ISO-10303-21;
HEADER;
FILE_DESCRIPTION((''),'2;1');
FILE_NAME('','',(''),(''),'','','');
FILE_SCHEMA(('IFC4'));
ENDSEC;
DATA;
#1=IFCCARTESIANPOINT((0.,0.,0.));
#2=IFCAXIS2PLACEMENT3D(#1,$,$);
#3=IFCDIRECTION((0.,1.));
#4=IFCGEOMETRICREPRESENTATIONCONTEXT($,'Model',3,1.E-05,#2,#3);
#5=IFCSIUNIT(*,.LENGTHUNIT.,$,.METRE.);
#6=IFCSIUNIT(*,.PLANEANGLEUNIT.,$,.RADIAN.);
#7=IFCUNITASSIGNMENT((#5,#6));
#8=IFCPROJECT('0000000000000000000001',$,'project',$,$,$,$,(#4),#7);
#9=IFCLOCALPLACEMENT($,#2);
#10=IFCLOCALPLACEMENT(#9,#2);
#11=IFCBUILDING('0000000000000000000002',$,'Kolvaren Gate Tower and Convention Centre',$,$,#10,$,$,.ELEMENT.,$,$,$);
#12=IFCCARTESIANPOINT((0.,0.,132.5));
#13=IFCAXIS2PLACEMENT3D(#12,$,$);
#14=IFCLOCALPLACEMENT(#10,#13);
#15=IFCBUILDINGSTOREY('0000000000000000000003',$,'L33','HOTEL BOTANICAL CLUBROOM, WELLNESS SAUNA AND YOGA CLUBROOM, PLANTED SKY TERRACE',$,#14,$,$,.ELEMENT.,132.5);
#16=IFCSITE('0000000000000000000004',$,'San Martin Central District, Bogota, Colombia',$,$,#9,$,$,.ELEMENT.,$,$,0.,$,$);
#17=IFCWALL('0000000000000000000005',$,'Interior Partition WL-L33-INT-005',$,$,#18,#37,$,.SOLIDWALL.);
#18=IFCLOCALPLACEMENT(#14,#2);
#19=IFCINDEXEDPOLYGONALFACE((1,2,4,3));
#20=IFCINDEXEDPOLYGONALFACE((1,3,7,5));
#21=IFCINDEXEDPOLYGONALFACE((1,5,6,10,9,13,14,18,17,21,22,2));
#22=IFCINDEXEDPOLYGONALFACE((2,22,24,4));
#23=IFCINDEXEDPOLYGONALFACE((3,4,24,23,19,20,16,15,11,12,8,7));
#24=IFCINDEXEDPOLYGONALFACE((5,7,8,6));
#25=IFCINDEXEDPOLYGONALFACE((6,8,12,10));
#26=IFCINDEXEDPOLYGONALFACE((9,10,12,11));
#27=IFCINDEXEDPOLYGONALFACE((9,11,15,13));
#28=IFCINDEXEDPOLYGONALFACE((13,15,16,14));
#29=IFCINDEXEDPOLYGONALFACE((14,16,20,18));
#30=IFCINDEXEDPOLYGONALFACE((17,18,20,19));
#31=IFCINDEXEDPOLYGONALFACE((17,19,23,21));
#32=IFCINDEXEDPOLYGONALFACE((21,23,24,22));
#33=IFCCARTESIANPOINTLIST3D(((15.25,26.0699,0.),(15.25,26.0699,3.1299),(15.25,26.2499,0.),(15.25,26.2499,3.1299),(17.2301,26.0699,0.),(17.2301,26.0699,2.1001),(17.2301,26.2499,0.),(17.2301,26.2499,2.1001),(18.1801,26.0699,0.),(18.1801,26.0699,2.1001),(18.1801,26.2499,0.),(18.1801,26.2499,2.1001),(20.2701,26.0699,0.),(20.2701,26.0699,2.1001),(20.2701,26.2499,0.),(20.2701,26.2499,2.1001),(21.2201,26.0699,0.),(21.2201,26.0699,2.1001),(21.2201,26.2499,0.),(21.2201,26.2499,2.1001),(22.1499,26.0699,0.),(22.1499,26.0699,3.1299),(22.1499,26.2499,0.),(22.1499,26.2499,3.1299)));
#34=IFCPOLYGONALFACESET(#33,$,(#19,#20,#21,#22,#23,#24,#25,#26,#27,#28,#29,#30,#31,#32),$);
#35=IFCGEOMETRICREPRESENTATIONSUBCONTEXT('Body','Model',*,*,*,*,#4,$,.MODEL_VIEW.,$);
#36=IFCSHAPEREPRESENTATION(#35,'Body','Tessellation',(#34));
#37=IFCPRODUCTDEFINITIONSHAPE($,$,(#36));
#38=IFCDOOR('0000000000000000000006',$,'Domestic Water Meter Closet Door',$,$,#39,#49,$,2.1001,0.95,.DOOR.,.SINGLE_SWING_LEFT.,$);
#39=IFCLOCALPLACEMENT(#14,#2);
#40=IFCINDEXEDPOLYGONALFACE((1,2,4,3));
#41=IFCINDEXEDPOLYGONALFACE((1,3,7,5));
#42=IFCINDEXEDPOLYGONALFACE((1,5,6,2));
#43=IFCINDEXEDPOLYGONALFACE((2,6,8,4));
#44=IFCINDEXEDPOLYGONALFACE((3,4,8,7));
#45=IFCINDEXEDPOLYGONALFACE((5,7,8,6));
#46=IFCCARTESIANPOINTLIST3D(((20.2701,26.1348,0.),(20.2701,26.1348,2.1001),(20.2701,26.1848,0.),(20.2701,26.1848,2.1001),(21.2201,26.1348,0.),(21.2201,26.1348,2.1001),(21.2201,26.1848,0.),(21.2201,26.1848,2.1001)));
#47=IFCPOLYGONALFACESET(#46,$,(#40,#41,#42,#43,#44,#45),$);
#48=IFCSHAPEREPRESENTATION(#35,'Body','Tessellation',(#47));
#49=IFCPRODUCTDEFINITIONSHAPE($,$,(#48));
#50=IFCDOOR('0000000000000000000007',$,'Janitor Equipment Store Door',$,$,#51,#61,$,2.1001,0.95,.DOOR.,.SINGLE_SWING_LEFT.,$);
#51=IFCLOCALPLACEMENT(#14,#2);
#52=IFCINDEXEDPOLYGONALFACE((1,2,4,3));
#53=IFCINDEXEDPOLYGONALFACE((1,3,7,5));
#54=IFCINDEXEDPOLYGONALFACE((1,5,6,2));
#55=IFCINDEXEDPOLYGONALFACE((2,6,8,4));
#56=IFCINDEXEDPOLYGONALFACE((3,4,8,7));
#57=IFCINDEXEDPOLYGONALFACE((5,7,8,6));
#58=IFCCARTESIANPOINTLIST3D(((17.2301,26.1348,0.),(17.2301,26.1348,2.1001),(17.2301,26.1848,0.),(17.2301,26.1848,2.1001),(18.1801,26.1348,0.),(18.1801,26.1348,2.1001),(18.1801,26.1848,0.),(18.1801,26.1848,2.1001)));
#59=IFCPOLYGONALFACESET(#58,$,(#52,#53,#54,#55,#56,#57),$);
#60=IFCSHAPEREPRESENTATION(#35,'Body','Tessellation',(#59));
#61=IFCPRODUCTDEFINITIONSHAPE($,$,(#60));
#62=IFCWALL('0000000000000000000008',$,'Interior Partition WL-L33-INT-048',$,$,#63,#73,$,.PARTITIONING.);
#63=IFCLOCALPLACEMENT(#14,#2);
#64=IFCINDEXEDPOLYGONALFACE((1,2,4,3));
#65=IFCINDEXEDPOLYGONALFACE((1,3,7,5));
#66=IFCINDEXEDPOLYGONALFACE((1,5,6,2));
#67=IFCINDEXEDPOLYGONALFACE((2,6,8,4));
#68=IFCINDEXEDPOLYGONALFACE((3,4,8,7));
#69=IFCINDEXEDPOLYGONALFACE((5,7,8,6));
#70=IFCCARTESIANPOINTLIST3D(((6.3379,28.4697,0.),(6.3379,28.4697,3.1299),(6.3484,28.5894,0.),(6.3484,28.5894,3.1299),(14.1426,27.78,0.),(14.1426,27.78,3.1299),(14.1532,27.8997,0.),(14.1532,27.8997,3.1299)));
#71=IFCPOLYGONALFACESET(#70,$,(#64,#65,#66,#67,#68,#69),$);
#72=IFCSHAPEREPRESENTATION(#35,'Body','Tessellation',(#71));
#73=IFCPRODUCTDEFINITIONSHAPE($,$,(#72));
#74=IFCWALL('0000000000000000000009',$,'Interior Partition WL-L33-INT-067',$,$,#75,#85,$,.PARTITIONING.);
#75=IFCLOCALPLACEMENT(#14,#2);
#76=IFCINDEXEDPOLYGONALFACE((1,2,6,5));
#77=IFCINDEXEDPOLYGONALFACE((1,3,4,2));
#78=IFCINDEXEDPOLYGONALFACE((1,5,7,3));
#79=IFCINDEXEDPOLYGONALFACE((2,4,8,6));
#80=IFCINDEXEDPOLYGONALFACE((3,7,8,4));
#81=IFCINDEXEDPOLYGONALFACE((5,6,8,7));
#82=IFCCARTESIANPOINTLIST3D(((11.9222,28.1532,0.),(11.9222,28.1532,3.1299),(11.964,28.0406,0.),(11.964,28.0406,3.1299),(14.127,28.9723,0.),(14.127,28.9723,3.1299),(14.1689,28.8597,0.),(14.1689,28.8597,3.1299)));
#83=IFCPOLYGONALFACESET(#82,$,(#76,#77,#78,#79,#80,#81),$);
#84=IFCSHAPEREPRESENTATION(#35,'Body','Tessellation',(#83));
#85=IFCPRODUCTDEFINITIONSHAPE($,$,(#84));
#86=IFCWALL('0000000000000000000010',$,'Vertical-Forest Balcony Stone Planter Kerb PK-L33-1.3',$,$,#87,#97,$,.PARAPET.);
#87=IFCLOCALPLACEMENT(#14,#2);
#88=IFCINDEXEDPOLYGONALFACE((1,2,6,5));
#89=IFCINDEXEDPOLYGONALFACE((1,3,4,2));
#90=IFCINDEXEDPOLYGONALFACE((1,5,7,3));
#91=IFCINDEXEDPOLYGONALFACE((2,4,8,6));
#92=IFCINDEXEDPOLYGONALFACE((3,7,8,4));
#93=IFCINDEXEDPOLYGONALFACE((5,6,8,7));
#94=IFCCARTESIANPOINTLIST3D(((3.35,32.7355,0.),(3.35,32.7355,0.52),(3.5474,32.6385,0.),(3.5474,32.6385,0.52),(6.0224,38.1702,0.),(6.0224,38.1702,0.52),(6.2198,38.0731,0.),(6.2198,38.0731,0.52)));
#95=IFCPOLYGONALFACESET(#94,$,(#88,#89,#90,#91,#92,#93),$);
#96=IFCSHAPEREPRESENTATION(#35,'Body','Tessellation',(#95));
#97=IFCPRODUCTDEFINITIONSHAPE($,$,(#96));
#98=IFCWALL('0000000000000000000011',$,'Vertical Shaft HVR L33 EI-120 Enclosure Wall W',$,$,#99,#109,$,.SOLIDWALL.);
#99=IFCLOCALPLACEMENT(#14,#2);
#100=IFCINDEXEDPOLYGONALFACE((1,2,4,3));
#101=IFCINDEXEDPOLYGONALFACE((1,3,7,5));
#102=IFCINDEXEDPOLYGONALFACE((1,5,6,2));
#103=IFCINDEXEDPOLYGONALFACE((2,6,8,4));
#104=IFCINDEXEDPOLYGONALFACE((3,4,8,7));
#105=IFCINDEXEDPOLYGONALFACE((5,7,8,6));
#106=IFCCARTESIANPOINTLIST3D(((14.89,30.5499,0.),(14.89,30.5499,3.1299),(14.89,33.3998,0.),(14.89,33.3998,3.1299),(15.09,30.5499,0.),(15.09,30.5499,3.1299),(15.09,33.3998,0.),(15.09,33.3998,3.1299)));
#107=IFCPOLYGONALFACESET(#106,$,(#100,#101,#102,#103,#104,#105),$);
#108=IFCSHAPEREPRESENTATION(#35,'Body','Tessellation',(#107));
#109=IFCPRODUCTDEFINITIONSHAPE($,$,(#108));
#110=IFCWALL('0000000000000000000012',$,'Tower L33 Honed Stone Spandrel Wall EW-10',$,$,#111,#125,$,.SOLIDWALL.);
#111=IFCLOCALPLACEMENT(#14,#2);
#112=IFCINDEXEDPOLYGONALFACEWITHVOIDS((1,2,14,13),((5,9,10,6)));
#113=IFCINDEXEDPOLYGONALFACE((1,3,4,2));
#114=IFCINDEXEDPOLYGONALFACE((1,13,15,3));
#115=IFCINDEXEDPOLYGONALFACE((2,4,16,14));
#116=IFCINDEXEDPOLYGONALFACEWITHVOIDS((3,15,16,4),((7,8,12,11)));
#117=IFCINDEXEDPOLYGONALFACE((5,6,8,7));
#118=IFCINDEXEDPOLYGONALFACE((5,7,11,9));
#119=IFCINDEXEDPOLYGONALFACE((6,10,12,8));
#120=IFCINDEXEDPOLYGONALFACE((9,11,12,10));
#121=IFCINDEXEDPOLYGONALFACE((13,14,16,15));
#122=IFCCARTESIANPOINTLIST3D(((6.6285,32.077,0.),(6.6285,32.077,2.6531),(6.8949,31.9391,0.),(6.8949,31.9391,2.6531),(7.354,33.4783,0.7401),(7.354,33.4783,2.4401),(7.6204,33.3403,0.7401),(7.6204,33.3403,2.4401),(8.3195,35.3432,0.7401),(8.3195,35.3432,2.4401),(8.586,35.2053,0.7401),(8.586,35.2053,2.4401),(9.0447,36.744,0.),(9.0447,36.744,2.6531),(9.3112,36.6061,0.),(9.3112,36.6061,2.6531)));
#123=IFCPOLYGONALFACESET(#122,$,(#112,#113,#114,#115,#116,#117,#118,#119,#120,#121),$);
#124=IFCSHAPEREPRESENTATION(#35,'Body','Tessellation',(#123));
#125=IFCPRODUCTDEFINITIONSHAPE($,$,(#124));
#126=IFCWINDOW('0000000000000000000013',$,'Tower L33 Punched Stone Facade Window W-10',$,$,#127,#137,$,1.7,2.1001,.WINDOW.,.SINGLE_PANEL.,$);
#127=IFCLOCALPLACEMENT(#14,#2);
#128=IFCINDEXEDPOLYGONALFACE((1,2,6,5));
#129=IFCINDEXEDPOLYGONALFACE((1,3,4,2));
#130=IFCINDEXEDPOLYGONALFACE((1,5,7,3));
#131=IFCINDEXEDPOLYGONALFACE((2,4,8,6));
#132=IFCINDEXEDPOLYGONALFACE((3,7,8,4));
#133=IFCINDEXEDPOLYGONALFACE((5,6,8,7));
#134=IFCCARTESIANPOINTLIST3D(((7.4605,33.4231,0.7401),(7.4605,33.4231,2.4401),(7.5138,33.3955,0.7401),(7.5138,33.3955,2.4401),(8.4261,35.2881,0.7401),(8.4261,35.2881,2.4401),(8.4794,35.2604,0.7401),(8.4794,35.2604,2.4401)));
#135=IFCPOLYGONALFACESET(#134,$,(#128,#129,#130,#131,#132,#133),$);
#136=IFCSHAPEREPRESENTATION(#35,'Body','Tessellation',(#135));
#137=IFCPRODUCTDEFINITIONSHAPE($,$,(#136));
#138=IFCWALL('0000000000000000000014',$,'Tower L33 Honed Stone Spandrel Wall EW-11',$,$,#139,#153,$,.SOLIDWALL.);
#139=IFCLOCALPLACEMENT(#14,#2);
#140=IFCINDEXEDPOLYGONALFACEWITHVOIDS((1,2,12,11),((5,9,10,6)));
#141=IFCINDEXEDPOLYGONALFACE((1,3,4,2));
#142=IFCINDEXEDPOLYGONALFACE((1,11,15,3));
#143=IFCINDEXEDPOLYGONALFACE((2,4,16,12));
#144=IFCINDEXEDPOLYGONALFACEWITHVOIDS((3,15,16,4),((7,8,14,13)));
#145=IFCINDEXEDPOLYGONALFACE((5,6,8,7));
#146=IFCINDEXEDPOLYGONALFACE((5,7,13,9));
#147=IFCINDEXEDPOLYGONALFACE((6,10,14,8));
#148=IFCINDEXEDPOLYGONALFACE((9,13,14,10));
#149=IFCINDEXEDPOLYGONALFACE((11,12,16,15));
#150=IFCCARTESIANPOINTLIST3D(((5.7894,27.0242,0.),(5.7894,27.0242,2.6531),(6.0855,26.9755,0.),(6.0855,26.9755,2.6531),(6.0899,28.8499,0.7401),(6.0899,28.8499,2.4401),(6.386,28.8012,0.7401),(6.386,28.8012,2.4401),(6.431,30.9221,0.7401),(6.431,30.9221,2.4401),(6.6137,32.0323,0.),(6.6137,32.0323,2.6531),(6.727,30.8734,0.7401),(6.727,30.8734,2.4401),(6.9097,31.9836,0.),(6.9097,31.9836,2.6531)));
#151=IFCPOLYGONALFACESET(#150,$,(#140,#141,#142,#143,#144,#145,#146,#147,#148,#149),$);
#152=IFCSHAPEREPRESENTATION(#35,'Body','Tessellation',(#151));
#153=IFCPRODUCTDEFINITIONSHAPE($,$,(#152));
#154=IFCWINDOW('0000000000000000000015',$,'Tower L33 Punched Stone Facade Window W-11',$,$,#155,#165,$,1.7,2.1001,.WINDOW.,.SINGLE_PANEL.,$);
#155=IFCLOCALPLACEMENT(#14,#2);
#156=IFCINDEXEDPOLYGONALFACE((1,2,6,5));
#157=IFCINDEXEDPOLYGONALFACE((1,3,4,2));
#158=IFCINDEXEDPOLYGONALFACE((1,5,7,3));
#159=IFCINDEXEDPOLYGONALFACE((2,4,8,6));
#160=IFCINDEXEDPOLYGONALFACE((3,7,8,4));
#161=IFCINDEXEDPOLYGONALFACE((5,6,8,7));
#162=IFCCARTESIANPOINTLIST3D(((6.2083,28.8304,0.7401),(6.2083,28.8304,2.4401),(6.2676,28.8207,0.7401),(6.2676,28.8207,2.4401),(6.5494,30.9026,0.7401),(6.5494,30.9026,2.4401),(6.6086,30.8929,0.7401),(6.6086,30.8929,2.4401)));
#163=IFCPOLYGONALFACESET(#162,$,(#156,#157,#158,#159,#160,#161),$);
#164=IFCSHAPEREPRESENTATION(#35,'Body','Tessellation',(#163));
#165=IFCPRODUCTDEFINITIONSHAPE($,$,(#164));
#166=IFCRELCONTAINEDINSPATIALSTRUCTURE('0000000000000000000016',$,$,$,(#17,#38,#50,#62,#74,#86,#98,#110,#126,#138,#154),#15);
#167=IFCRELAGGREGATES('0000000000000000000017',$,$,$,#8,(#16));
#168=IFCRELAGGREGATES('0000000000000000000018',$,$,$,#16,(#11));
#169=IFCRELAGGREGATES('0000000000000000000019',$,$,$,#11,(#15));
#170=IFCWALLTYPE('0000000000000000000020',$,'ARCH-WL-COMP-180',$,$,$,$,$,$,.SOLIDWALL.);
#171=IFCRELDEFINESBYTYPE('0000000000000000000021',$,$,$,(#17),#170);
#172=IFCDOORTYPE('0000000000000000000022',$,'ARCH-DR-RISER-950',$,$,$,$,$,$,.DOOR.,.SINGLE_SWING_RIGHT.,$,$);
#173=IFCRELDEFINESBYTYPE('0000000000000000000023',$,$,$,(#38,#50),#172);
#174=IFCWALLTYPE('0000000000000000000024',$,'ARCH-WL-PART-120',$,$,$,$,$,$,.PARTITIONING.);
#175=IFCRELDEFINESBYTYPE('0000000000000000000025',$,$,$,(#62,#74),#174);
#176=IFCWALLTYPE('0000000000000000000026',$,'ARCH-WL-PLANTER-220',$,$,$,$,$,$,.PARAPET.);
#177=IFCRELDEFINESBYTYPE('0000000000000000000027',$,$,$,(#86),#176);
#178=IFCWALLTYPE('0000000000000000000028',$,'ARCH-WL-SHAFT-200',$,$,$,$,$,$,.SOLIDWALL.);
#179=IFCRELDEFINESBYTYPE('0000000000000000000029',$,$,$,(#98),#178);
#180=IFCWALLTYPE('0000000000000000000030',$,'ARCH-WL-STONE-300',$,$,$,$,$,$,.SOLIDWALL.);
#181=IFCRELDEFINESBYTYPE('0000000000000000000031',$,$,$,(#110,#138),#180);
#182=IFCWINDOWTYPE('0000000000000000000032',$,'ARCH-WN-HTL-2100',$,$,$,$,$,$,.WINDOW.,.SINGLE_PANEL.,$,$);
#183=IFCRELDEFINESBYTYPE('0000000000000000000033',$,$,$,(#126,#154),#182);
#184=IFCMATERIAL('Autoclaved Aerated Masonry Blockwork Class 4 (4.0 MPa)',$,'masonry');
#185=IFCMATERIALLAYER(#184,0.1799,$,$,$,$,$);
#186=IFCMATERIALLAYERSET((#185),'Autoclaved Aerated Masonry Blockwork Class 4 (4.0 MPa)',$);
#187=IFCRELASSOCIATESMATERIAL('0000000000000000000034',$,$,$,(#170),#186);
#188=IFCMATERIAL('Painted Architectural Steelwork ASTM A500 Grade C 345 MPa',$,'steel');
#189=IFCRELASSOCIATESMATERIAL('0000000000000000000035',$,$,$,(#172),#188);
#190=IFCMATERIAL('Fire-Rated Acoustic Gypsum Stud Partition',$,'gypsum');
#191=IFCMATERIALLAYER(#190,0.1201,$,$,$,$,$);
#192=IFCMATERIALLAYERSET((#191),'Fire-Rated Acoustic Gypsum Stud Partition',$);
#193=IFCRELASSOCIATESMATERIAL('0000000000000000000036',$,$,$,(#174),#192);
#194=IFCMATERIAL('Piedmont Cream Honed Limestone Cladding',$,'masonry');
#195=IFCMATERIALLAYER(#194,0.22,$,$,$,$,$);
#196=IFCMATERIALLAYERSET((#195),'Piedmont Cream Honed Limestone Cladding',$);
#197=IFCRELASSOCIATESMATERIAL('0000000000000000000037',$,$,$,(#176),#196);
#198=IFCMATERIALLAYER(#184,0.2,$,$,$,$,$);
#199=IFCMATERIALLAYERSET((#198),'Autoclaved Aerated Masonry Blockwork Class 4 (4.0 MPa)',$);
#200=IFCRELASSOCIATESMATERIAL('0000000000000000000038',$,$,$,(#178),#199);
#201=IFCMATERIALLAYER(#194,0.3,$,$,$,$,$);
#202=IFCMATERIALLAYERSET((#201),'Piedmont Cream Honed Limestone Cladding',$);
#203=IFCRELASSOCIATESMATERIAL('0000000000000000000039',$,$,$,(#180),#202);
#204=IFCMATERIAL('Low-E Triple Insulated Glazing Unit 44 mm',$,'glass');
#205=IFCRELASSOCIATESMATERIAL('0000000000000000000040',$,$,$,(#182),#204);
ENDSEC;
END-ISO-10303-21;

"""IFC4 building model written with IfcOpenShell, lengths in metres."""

from ifc_helpers import new_model, si_unit, direction, frame, frame_2d, origin, place, context, subcontext, project, spatial, rectangle, extrude, material, layer, layer_set, type_object, element, fill, save


model = new_model("IFC4")

# Units and contexts
model_context = context("Model", 3, precision=1e-05, world=origin(), true_north=direction((0.0, 1.0)))
body_context = subcontext(model_context, "Body", "Model", "MODEL_VIEW")
ifc_project = project(units=[si_unit("LENGTHUNIT", "METRE"), si_unit("PLANEANGLEUNIT", "RADIAN")], contexts=[model_context])

# Site, building, storey
site_placement = place(None, origin())
site = spatial("IfcSite", under=ifc_project, at=site_placement, Name="San Martin Central District, Bogota, Colombia", CompositionType="ELEMENT", RefElevation=0.0)
building_placement = place(site_placement, origin())
building = spatial("IfcBuilding", under=site, at=building_placement, Name="Kolvaren Gate Tower and Convention Centre", CompositionType="ELEMENT")
storey_placement = place(building_placement, frame((0.0, 0.0, 132.5)))
storey = spatial("IfcBuildingStorey", under=building, at=storey_placement, Name="L33", Description="HOTEL BOTANICAL CLUBROOM, WELLNESS SAUNA AND YOGA CLUBROOM, PLANTED SKY TERRACE", CompositionType="ELEMENT", Elevation=132.5)

# Wall, openings, doors
ifc_material_1 = material(Name="Autoclaved Aerated Masonry Blockwork Class 4 (4.0 MPa)", Category="masonry")
ifc_layer_1 = layer(ifc_material_1, 0.1799)
ifc_layer_set_1 = layer_set([ifc_layer_1], Name="Autoclaved Aerated Masonry Blockwork Class 4 (4.0 MPa)")
wall_type_1 = type_object("IfcWallType", Name="ARCH-WL-COMP-180", PredefinedType="SOLIDWALL", material=ifc_layer_set_1)
ifc_material_2 = material(Name="Painted Architectural Steelwork ASTM A500 Grade C 345 MPa", Category="steel")
door_type = type_object("IfcDoorType", Name="ARCH-DR-RISER-950", OperationType="SINGLE_SWING_RIGHT", PredefinedType="DOOR", material=ifc_material_2)
wall_1_placement = place(storey_placement, frame((15.25, 26.1599, 0.0), z_axis=(0.0, 0.0, 1.0), x_axis=(1.0, 0.0, 0.0)))
wall_1 = element("IfcWall", 1, at=wall_1_placement, inside=storey, type_object=wall_type_1, Name="Interior Partition WL-L33-INT-005", PredefinedType="SOLIDWALL", context=body_context, shape_type="SweptSolid", body=[
    extrude(rectangle(XDim=6.8999, YDim=0.1799, at=frame_2d((3.45, 0.0))), origin(), (0.0, 0.0, 1.0), 3.1299),
])
opening_1_placement = place(wall_1_placement, frame((5.02, 0.0, 0.0)))
opening_1 = element("IfcOpeningElement", 2, at=opening_1_placement, cuts=wall_1, PredefinedType="OPENING", context=body_context, shape_type="SweptSolid", body=[
    extrude(rectangle(XDim=0.95, YDim=2.1001, at=frame_2d((0.4751, 1.05))), frame((0.0, 0.0999, 0.0), z_axis=(0.0, -1.0, 0.0), x_axis=(1.0, 0.0, 0.0)), (0.0, 0.0, 1.0), 0.2),
])
opening_2_placement = place(wall_1_placement, frame((1.98, 0.0, 0.0)))
opening_2 = element("IfcOpeningElement", 3, at=opening_2_placement, cuts=wall_1, PredefinedType="OPENING", context=body_context, shape_type="SweptSolid", body=[
    extrude(rectangle(XDim=0.95, YDim=2.1001, at=frame_2d((0.4751, 1.05))), frame((0.0, 0.0999, 0.0), z_axis=(0.0, -1.0, 0.0), x_axis=(1.0, 0.0, 0.0)), (0.0, 0.0, 1.0), 0.2),
])
door_1_placement = place(opening_1_placement, origin())
door_1 = element("IfcDoor", 4, at=door_1_placement, inside=storey, type_object=door_type, Name="Domestic Water Meter Closet Door", OperationType="SINGLE_SWING_LEFT", OverallHeight=2.1001, OverallWidth=0.95, PredefinedType="DOOR", context=body_context, shape_type="SweptSolid", body=[
    extrude(rectangle(XDim=0.95, YDim=2.1001, at=frame_2d((0.4751, 1.05))), frame((0.0, 0.0249, 0.0), z_axis=(0.0, -1.0, 0.0), x_axis=(1.0, 0.0, 0.0)), (0.0, 0.0, 1.0), 0.05),
])
fill(opening_1, door_1)
door_2_placement = place(opening_2_placement, origin())
door_2 = element("IfcDoor", 5, at=door_2_placement, inside=storey, type_object=door_type, Name="Janitor Equipment Store Door", OperationType="SINGLE_SWING_LEFT", OverallHeight=2.1001, OverallWidth=0.95, PredefinedType="DOOR", context=body_context, shape_type="SweptSolid", body=[
    extrude(rectangle(XDim=0.95, YDim=2.1001, at=frame_2d((0.4751, 1.05))), frame((0.0, 0.0249, 0.0), z_axis=(0.0, -1.0, 0.0), x_axis=(1.0, 0.0, 0.0)), (0.0, 0.0, 1.0), 0.05),
])
fill(opening_2, door_2)

# Walls
ifc_material_3 = material(Name="Fire-Rated Acoustic Gypsum Stud Partition", Category="gypsum")
ifc_layer_2 = layer(ifc_material_3, 0.1201)
ifc_layer_set_2 = layer_set([ifc_layer_2], Name="Fire-Rated Acoustic Gypsum Stud Partition")
wall_type_2 = type_object("IfcWallType", Name="ARCH-WL-PART-120", PredefinedType="PARTITIONING", material=ifc_layer_set_2)
wall_2_placement = place(storey_placement, frame((6.3433, 28.5295, 0.0), z_axis=(0.0, 0.0, 1.0), x_axis=(0.996118, -0.088027, 0.0)))
element("IfcWall", 6, at=wall_2_placement, inside=storey, type_object=wall_type_2, Name="Interior Partition WL-L33-INT-048", PredefinedType="PARTITIONING", context=body_context, shape_type="SweptSolid", body=[
    extrude(rectangle(XDim=7.8352, YDim=0.1201, at=frame_2d((3.9175, 0.0))), origin(), (0.0, 0.0, 1.0), 3.1299),
])
wall_3_placement = place(storey_placement, frame((11.9431, 28.0969, 0.0), z_axis=(0.0, 0.0, 1.0), x_axis=(0.937404, 0.348244, 0.0)))
element("IfcWall", 7, at=wall_3_placement, inside=storey, type_object=wall_type_2, Name="Interior Partition WL-L33-INT-067", PredefinedType="PARTITIONING", context=body_context, shape_type="SweptSolid", body=[
    extrude(rectangle(XDim=2.3521, YDim=0.1201, at=frame_2d((1.176, 0.0))), origin(), (0.0, 0.0, 1.0), 3.1299),
])
ifc_material_4 = material(Name="Piedmont Cream Honed Limestone Cladding", Category="masonry")
ifc_layer_3 = layer(ifc_material_4, 0.22)
ifc_layer_set_3 = layer_set([ifc_layer_3], Name="Piedmont Cream Honed Limestone Cladding")
wall_type_3 = type_object("IfcWallType", Name="ARCH-WL-PLANTER-220", PredefinedType="PARAPET", material=ifc_layer_set_3)
wall_4_placement = place(storey_placement, frame((3.4487, 32.687, 0.0), z_axis=(0.0, 0.0, 1.0), x_axis=(0.44127, 0.897375, 0.0)))
element("IfcWall", 8, at=wall_4_placement, inside=storey, type_object=wall_type_3, Name="Vertical-Forest Balcony Stone Planter Kerb PK-L33-1.3", PredefinedType="PARAPET", context=body_context, shape_type="SweptSolid", body=[
    extrude(rectangle(XDim=6.0562, YDim=0.22, at=frame_2d((3.0281, 0.0))), origin(), (0.0, 0.0, 1.0), 0.52),
])
ifc_layer_4 = layer(ifc_material_1, 0.2)
ifc_layer_set_4 = layer_set([ifc_layer_4], Name="Autoclaved Aerated Masonry Blockwork Class 4 (4.0 MPa)")
wall_type_4 = type_object("IfcWallType", Name="ARCH-WL-SHAFT-200", PredefinedType="SOLIDWALL", material=ifc_layer_set_4)
wall_5_placement = place(storey_placement, frame((14.99, 30.55, 0.0), z_axis=(0.0, 0.0, 1.0), x_axis=(0.0, 1.0, 0.0)))
element("IfcWall", 9, at=wall_5_placement, inside=storey, type_object=wall_type_4, Name="Vertical Shaft HVR L33 EI-120 Enclosure Wall W", PredefinedType="SOLIDWALL", context=body_context, shape_type="SweptSolid", body=[
    extrude(rectangle(XDim=2.8499, YDim=0.2, at=frame_2d((1.4248, 0.0))), origin(), (0.0, 0.0, 1.0), 3.1299),
])

# Walls, openings, windows
ifc_layer_5 = layer(ifc_material_4, 0.3)
ifc_layer_set_5 = layer_set([ifc_layer_5], Name="Piedmont Cream Honed Limestone Cladding")
wall_type_5 = type_object("IfcWallType", Name="ARCH-WL-STONE-300", PredefinedType="SOLIDWALL", material=ifc_layer_set_5)
wall_6_placement = place(storey_placement, frame((6.7617, 32.0081, 0.0), z_axis=(0.0, 0.0, 1.0), x_axis=(0.459768, 0.888039, 0.0)))
wall_6 = element("IfcWall", 10, at=wall_6_placement, inside=storey, type_object=wall_type_5, Name="Tower L33 Honed Stone Spandrel Wall EW-10", PredefinedType="SOLIDWALL", context=body_context, shape_type="SweptSolid", body=[
    extrude(rectangle(XDim=5.2554, YDim=0.3, at=frame_2d((2.6277, 0.0))), origin(), (0.0, 0.0, 1.0), 2.6531),
])
opening_3_placement = place(wall_6_placement, frame((1.5779, 0.0, 0.74)))
opening_3 = element("IfcOpeningElement", 11, at=opening_3_placement, cuts=wall_6, PredefinedType="OPENING", context=body_context, shape_type="SweptSolid", body=[
    extrude(rectangle(XDim=2.1001, YDim=1.7, at=frame_2d((1.05, 0.8501))), frame((0.0, 0.1599, 0.0), z_axis=(0.0, -1.0, 0.0), x_axis=(1.0, 0.0, 0.0)), (0.0, 0.0, 1.0), 0.3201),
])
ifc_material_5 = material(Name="Low-E Triple Insulated Glazing Unit 44 mm", Category="glass")
window_type = type_object("IfcWindowType", Name="ARCH-WN-HTL-2100", PartitioningType="SINGLE_PANEL", PredefinedType="WINDOW", material=ifc_material_5)
window_1_placement = place(opening_3_placement, origin())
window_1 = element("IfcWindow", 12, at=window_1_placement, inside=storey, type_object=window_type, Name="Tower L33 Punched Stone Facade Window W-10", OverallHeight=1.7, OverallWidth=2.1001, PartitioningType="SINGLE_PANEL", PredefinedType="WINDOW", context=body_context, shape_type="SweptSolid", body=[
    extrude(rectangle(XDim=2.1001, YDim=1.7, at=frame_2d((1.05, 0.8501))), frame((0.0, 0.03, 0.0), z_axis=(0.0, -1.0, 0.0), x_axis=(1.0, 0.0, 0.0)), (0.0, 0.0, 1.0), 0.0601),
])
fill(opening_3, window_1)
wall_7_placement = place(storey_placement, frame((5.9375, 27.0, 0.0), z_axis=(0.0, 0.0, 1.0), x_axis=(0.162394, 0.986726, 0.0)))
wall_7 = element("IfcWall", 13, at=wall_7_placement, inside=storey, type_object=wall_type_5, Name="Tower L33 Honed Stone Spandrel Wall EW-11", PredefinedType="SOLIDWALL", context=body_context, shape_type="SweptSolid", body=[
    extrude(rectangle(XDim=5.0754, YDim=0.3, at=frame_2d((2.5376, 0.0))), origin(), (0.0, 0.0, 1.0), 2.6531),
])
opening_4_placement = place(wall_7_placement, frame((1.8501, 0.0, 0.74)))
opening_4 = element("IfcOpeningElement", 14, at=opening_4_placement, cuts=wall_7, PredefinedType="OPENING", context=body_context, shape_type="SweptSolid", body=[
    extrude(rectangle(XDim=2.1001, YDim=1.7, at=frame_2d((1.05, 0.8501))), frame((0.0, 0.1599, 0.0), z_axis=(0.0, -1.0, 0.0), x_axis=(1.0, 0.0, 0.0)), (0.0, 0.0, 1.0), 0.3201),
])
window_2_placement = place(opening_4_placement, origin())
window_2 = element("IfcWindow", 15, at=window_2_placement, inside=storey, type_object=window_type, Name="Tower L33 Punched Stone Facade Window W-11", OverallHeight=1.7, OverallWidth=2.1001, PartitioningType="SINGLE_PANEL", PredefinedType="WINDOW", context=body_context, shape_type="SweptSolid", body=[
    extrude(rectangle(XDim=2.1001, YDim=1.7, at=frame_2d((1.05, 0.8501))), frame((0.0, 0.03, 0.0), z_axis=(0.0, -1.0, 0.0), x_axis=(1.0, 0.0, 0.0)), (0.0, 0.0, 1.0), 0.0601),
])
fill(opening_4, window_2)

save(model, "model.ifc")
